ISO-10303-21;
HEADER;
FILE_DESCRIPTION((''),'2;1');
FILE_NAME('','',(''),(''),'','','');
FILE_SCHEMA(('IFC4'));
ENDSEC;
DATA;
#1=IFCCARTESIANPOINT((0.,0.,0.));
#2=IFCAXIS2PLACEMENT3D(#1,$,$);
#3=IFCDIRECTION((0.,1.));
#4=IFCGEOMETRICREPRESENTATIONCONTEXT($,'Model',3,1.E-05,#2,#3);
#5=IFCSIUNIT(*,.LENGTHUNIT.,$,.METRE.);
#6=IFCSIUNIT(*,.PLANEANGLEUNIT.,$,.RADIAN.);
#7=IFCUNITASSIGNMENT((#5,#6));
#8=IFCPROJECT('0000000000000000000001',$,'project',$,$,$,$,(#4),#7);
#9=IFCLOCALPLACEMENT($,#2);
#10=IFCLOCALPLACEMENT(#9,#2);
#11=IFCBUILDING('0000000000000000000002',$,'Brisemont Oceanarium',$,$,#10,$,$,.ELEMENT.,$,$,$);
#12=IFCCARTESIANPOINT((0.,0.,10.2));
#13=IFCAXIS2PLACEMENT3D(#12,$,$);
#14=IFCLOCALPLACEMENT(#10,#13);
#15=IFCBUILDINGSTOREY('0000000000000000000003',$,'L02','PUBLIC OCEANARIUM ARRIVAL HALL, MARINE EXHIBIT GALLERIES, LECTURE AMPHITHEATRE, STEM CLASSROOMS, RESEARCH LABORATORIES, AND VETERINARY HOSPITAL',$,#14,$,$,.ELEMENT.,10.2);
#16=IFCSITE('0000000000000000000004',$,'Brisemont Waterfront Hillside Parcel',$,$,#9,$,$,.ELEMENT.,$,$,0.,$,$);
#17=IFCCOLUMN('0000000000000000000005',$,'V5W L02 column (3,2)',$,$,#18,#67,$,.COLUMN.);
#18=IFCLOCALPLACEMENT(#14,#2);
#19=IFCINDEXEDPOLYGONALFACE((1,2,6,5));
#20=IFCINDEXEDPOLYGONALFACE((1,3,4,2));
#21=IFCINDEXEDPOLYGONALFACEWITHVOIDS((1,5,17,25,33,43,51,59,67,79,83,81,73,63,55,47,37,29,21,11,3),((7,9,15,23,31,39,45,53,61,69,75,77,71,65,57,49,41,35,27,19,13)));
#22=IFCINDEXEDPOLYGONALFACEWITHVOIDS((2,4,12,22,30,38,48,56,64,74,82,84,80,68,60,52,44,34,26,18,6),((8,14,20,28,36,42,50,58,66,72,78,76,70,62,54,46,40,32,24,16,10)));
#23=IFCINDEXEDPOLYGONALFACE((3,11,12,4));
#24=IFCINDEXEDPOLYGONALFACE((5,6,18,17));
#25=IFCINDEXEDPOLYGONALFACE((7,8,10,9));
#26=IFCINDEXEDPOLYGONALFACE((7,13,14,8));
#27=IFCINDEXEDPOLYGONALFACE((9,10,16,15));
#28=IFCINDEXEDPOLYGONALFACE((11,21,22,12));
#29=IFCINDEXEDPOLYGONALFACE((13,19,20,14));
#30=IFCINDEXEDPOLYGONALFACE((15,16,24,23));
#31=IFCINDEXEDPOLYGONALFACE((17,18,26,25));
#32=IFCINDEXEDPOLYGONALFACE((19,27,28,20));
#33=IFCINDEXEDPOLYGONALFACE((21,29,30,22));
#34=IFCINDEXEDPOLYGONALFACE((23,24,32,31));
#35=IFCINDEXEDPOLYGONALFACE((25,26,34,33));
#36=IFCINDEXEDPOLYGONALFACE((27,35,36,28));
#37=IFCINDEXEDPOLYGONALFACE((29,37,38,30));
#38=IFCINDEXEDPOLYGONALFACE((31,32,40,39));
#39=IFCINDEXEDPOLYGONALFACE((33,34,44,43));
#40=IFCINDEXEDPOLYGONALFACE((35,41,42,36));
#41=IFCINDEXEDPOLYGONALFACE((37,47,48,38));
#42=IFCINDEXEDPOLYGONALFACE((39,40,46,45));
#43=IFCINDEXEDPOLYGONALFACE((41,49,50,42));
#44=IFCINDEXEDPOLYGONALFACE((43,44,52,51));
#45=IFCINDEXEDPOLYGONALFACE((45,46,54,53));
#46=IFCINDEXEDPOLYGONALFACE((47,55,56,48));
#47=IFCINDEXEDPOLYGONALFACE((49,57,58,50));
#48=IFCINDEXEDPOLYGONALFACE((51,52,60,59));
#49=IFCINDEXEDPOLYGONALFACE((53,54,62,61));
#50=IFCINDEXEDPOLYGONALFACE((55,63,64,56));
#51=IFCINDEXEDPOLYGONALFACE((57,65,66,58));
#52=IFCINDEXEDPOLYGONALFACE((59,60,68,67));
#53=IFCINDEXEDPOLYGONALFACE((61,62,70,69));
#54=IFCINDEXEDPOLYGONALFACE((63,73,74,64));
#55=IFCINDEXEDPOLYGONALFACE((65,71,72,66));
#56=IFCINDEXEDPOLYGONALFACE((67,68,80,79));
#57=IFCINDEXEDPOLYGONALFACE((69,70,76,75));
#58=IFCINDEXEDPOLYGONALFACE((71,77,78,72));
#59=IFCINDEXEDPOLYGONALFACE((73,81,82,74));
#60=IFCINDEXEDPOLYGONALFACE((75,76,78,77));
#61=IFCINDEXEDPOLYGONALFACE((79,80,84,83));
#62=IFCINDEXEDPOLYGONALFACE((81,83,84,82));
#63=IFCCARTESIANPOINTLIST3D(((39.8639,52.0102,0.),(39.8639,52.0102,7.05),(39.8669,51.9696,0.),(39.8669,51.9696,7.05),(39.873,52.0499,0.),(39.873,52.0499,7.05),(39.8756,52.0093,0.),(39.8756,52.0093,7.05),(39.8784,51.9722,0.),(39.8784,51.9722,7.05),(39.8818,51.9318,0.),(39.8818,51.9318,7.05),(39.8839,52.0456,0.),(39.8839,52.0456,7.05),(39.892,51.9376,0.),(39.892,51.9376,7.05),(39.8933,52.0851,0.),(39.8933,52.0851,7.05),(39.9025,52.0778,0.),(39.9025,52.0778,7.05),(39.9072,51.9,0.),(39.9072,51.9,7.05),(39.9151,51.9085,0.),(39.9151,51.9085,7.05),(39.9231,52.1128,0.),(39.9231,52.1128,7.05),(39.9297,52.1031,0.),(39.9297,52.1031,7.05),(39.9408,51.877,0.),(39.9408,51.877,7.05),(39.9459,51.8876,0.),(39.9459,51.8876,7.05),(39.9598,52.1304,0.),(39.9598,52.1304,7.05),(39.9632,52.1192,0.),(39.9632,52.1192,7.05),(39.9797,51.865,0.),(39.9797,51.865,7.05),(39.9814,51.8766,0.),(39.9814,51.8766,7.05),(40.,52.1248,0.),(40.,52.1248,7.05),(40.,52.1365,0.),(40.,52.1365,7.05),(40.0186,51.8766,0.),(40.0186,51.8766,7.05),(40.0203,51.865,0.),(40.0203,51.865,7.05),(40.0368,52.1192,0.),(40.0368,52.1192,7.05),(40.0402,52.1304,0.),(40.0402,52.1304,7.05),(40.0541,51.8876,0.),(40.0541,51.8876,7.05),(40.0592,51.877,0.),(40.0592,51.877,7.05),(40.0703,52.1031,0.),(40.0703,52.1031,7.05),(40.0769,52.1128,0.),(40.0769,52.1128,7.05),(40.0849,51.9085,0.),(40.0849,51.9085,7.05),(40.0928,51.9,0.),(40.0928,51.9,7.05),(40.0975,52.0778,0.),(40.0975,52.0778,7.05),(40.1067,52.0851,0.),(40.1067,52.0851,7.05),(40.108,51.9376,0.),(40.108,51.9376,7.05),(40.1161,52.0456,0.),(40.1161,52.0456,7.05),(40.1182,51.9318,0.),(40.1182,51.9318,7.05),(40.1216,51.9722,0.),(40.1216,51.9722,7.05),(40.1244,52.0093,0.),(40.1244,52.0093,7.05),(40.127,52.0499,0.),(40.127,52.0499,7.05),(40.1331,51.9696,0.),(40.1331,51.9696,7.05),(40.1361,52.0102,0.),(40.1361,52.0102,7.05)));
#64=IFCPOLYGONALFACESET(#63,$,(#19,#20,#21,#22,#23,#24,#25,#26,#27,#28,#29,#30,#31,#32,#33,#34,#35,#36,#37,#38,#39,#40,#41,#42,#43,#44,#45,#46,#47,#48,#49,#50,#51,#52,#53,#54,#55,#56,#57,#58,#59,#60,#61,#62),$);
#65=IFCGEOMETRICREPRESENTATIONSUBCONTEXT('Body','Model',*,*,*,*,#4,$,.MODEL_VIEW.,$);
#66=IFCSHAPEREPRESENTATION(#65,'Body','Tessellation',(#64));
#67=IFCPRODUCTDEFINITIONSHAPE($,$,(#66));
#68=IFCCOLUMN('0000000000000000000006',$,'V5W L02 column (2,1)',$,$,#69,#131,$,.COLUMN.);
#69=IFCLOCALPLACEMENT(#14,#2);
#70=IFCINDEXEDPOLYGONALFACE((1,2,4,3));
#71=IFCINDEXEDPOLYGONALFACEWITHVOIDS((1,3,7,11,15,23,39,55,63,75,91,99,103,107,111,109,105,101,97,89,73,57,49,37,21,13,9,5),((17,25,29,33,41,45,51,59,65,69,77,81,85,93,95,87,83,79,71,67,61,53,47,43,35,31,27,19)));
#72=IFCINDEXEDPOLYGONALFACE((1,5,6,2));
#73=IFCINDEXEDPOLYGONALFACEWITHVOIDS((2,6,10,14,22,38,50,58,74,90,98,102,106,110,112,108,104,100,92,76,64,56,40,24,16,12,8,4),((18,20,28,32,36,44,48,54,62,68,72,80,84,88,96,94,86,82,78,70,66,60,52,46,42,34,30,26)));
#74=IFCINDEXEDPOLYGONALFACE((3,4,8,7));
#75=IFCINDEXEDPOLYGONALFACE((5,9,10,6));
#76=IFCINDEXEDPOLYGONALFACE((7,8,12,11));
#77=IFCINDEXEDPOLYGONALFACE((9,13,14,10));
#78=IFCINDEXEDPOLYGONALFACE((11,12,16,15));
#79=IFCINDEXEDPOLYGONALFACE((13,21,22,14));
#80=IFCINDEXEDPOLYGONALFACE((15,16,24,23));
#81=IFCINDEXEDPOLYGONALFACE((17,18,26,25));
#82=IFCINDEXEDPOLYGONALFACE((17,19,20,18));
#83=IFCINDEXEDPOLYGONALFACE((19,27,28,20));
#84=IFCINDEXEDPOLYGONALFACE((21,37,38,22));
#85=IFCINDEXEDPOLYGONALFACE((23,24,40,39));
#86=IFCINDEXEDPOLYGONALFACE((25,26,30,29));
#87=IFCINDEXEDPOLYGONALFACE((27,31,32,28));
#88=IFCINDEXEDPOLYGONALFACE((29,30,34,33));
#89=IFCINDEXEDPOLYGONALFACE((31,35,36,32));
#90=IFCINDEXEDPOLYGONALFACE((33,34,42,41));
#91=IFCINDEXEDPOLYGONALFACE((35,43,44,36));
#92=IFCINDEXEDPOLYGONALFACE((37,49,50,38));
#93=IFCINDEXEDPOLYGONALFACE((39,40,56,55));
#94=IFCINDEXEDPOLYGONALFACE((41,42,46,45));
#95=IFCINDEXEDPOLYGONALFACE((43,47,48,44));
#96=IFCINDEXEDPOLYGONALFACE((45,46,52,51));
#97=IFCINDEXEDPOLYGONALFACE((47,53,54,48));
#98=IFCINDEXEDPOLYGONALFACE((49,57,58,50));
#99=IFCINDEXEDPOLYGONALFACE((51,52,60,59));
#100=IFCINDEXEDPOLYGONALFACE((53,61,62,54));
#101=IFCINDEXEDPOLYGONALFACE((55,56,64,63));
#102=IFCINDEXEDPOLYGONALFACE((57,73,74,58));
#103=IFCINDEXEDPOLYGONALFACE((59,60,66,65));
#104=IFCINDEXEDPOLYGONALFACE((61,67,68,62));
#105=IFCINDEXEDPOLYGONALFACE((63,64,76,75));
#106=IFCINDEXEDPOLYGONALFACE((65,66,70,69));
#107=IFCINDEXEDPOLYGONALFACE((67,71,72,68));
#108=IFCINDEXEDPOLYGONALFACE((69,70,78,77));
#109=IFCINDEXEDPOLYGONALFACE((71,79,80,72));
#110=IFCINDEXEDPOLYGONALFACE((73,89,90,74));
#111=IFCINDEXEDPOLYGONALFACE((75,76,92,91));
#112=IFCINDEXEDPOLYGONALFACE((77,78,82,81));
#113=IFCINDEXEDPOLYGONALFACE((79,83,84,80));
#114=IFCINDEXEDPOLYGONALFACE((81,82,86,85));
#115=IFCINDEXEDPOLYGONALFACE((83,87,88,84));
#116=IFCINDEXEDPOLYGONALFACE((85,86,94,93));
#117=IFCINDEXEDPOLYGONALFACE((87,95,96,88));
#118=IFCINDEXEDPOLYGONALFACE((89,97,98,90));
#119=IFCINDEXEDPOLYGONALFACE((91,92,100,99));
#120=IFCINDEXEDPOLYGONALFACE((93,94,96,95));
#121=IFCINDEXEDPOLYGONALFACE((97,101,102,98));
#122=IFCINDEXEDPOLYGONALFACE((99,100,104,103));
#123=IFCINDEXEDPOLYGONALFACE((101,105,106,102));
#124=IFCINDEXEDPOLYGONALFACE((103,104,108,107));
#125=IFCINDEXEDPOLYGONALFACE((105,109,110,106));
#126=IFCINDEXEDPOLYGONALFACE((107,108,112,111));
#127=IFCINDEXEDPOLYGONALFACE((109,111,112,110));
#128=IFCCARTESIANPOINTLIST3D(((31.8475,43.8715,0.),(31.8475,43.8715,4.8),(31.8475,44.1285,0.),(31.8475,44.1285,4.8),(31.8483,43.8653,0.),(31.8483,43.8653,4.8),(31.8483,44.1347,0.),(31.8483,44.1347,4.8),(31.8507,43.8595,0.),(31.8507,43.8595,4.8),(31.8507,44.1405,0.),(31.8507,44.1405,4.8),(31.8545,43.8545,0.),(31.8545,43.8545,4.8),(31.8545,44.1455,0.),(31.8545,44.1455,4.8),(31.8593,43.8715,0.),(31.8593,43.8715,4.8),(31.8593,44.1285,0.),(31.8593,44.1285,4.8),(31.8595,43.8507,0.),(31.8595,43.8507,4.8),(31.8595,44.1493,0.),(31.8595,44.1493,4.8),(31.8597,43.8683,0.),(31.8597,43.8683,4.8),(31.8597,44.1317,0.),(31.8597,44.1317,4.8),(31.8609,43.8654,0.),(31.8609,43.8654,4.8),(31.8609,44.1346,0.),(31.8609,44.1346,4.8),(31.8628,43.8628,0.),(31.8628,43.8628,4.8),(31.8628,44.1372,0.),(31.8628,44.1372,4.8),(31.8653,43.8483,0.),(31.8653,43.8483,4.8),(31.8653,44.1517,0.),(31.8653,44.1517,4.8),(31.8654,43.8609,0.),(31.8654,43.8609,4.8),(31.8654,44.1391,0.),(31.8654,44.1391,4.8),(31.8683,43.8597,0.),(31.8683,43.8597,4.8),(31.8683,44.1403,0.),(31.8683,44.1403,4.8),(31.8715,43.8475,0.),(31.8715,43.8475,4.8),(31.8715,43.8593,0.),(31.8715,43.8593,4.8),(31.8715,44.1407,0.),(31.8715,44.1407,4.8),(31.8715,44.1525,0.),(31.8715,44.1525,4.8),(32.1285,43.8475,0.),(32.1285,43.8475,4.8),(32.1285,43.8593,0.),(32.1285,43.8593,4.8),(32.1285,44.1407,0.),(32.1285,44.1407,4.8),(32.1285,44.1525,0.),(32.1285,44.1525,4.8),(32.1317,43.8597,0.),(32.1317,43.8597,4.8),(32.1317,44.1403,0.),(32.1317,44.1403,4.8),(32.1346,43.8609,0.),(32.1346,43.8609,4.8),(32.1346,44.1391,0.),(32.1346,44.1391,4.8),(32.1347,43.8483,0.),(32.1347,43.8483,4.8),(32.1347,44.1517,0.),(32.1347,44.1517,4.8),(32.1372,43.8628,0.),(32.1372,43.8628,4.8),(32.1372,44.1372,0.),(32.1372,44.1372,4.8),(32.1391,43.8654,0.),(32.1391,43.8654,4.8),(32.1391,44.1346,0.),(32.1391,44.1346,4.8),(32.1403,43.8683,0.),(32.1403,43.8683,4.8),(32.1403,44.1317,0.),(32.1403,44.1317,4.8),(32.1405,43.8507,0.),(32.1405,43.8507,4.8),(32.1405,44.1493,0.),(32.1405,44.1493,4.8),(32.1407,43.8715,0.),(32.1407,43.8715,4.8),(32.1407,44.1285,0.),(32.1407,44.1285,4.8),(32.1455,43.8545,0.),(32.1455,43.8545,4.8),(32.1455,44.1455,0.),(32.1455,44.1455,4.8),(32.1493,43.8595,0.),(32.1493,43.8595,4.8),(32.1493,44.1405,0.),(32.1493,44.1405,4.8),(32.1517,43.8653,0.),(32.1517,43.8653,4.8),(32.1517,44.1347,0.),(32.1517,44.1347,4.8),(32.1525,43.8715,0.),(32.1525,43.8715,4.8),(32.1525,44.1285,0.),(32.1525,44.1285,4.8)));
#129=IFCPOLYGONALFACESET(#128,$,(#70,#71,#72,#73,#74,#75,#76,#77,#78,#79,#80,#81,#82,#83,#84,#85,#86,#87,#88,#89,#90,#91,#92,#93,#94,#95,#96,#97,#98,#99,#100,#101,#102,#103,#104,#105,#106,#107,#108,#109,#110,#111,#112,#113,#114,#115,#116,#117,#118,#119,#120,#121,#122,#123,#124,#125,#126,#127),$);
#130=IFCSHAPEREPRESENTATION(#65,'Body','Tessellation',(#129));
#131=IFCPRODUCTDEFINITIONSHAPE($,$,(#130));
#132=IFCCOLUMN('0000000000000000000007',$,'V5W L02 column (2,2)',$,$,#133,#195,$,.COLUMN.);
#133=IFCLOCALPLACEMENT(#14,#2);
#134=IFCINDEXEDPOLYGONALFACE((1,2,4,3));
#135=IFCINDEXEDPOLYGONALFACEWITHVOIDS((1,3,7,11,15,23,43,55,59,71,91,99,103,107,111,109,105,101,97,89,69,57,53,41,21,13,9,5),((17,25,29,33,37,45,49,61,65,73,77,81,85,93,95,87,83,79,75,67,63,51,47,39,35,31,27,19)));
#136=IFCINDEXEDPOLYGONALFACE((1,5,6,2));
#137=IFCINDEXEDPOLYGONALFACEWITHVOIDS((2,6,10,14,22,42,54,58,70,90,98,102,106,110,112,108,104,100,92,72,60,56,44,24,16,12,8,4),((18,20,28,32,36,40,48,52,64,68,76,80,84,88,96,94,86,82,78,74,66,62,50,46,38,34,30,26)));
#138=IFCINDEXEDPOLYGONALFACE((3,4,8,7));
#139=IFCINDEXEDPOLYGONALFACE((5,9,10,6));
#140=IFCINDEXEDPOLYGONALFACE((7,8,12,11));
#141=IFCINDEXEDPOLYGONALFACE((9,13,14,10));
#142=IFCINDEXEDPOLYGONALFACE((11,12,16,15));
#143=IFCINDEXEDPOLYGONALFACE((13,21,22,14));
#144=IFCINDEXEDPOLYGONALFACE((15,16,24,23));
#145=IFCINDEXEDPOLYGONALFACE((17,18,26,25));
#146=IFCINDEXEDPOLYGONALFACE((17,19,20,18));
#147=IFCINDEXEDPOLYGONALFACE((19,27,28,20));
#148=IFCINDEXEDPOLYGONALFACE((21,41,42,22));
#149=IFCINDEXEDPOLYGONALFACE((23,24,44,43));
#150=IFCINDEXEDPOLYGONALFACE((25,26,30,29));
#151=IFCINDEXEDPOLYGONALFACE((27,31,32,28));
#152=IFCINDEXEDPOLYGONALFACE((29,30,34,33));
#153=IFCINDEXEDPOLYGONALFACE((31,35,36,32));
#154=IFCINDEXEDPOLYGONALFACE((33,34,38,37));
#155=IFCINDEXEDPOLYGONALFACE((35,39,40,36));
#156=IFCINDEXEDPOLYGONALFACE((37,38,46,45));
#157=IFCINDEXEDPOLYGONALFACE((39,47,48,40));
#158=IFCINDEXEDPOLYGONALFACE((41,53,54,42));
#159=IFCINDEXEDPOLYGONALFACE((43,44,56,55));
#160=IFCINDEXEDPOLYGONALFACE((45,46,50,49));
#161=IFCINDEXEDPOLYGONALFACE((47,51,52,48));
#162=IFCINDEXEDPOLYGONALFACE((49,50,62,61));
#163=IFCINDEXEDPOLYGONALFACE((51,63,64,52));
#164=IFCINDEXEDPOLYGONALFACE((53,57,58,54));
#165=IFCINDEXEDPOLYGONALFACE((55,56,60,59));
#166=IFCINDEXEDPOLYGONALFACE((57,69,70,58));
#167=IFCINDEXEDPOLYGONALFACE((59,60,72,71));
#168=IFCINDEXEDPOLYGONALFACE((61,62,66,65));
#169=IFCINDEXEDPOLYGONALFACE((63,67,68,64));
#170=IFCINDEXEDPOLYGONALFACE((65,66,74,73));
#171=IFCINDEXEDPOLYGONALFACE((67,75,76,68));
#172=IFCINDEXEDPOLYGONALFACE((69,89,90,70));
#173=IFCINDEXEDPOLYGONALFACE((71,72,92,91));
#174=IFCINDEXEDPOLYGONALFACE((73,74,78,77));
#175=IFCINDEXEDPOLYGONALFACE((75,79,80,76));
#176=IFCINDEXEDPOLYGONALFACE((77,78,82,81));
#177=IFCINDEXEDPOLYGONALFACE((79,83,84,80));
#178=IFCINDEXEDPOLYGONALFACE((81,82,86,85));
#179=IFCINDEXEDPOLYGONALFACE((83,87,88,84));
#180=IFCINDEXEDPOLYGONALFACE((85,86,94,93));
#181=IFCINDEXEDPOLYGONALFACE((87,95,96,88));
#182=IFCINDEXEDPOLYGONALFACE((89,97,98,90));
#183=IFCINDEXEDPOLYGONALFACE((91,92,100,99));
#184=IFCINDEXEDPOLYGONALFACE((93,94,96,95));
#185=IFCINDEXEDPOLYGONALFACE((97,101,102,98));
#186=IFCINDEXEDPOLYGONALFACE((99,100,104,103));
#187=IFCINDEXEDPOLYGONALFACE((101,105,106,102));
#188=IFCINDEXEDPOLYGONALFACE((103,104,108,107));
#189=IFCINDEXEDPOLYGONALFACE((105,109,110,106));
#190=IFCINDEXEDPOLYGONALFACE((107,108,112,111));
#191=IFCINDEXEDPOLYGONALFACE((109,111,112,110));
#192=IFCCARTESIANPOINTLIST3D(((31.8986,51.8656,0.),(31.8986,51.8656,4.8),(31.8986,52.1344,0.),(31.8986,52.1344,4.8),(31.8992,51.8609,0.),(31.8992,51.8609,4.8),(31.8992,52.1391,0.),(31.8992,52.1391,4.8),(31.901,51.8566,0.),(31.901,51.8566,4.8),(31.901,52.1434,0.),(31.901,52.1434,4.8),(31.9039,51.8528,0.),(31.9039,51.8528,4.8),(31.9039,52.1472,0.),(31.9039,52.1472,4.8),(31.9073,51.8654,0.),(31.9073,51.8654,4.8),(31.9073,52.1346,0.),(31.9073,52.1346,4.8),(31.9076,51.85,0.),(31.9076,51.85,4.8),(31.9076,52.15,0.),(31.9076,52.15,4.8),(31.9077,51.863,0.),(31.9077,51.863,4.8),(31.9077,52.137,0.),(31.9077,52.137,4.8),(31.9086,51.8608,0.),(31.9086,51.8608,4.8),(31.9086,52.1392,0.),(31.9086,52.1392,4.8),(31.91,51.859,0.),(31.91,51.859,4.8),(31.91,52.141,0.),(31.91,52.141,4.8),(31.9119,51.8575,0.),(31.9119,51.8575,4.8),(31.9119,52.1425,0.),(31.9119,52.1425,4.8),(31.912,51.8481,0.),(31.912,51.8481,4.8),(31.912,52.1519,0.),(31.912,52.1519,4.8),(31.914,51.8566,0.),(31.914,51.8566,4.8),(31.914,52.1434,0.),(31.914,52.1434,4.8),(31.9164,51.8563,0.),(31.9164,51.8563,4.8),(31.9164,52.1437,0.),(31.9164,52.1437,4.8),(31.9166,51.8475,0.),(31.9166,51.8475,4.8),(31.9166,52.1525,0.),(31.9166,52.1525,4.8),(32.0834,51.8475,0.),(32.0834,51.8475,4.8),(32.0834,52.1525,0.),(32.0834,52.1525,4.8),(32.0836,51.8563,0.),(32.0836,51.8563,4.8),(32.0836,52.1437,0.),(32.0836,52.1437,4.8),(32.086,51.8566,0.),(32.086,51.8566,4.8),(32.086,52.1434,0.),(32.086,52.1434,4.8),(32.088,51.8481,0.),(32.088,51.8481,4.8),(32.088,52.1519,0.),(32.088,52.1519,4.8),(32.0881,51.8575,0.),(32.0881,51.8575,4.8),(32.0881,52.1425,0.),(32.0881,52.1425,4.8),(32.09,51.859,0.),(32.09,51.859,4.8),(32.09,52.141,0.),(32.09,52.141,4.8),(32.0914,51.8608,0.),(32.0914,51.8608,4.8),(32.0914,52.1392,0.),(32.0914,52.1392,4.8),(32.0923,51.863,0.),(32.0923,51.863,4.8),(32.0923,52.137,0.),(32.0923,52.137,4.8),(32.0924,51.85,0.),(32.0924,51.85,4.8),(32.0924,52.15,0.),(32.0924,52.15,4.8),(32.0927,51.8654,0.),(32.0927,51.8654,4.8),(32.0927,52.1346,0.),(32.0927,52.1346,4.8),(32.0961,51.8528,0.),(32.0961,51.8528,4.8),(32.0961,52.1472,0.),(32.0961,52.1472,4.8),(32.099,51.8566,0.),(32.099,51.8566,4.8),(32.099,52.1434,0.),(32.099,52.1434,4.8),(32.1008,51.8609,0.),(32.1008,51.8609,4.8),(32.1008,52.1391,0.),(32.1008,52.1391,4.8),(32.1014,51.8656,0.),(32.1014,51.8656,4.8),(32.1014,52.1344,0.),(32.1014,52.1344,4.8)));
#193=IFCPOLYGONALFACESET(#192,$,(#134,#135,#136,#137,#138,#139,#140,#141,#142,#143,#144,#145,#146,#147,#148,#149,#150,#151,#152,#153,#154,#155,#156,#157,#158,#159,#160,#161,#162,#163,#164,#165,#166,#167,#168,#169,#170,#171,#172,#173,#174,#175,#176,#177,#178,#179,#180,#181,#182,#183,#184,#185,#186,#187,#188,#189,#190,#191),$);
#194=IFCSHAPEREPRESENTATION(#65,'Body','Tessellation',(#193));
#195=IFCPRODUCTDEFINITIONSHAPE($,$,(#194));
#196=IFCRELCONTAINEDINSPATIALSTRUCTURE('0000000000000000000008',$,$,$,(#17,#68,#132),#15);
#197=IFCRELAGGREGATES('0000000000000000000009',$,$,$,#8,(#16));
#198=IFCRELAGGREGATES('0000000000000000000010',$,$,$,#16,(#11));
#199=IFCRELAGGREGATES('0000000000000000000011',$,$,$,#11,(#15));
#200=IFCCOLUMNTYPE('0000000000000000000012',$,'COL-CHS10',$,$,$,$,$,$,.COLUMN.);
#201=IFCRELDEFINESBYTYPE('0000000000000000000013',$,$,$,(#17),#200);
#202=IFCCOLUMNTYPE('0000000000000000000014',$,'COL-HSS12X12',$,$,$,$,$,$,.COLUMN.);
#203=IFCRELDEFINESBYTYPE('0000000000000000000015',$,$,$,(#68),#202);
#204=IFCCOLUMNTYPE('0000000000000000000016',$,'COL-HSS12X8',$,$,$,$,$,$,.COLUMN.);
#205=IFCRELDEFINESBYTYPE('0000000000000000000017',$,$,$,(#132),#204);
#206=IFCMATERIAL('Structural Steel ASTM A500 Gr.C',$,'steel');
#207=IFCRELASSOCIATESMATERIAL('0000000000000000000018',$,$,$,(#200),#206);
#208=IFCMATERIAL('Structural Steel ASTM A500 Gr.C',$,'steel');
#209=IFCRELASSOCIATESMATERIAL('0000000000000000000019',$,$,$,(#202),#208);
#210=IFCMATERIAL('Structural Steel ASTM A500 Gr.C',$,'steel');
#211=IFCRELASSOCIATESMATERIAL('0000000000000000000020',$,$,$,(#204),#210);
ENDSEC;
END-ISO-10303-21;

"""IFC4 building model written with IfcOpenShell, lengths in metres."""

from ifc_helpers import new_model, si_unit, direction, frame, origin, origin_2d, place, context, subcontext, project, spatial, hollow_rectangle, hollow_circle, extrude, material, material_profile, profile_set, type_object, element, save


model = new_model("IFC4")

# Units and contexts
model_context = context("Model", 3, precision=1e-05, world=origin(), true_north=direction((0.0, 1.0)))
body_context = subcontext(model_context, "Body", "Model", "MODEL_VIEW")
ifc_project = project(units=[si_unit("LENGTHUNIT", "METRE"), si_unit("PLANEANGLEUNIT", "RADIAN")], contexts=[model_context])

# Site, building, storey
site_placement = place(None, origin())
site = spatial("IfcSite", under=ifc_project, at=site_placement, Name="Brisemont Waterfront Hillside Parcel", CompositionType="ELEMENT", RefElevation=0.0)
building_placement = place(site_placement, origin())
building = spatial("IfcBuilding", under=site, at=building_placement, Name="Brisemont Oceanarium", CompositionType="ELEMENT")
storey_placement = place(building_placement, frame((0.0, 0.0, 10.2)))
storey = spatial("IfcBuildingStorey", under=building, at=storey_placement, Name="L02", Description="PUBLIC OCEANARIUM ARRIVAL HALL, MARINE EXHIBIT GALLERIES, LECTURE AMPHITHEATRE, STEM CLASSROOMS, RESEARCH LABORATORIES, AND VETERINARY HOSPITAL", CompositionType="ELEMENT", Elevation=10.2)

# Columns
ifc_material_1 = material(Name="Structural Steel ASTM A500 Gr.C", Category="steel")
ifc_material_profile_1 = material_profile(ifc_material_1, hollow_circle(Radius=0.1365, WallThickness=0.0117, at=origin_2d()), Name="HSS10.750X0.500")
ifc_profile_set_1 = profile_set([ifc_material_profile_1], Name="Structural Steel ASTM A500 Gr.C")
column_type_1 = type_object("IfcColumnType", Name="COL-CHS10", PredefinedType="COLUMN", material=ifc_profile_set_1)
column_1_placement = place(storey_placement, frame((40.0, 52.0, 0.0), z_axis=(0.0, 0.0, 1.0), x_axis=(0.0, 1.0, 0.0)))
element("IfcColumn", 1, at=column_1_placement, inside=storey, type_object=column_type_1, Name="V5W L02 column (3,2)", PredefinedType="COLUMN", context=body_context, shape_type="SweptSolid", body=[
    extrude(hollow_circle(Radius=0.1365, WallThickness=0.0117, at=origin_2d()), origin(), (0.0, 0.0, 1.0), 7.05),
])
ifc_material_2 = material(Name="Structural Steel ASTM A500 Gr.C", Category="steel")
ifc_material_profile_2 = material_profile(ifc_material_2, hollow_rectangle(XDim=0.3049, YDim=0.3049, WallThickness=0.0117, InnerFilletRadius=0.0122, OuterFilletRadius=0.0239, at=origin_2d()), Name="HSS12X12X1/2")
ifc_profile_set_2 = profile_set([ifc_material_profile_2], Name="Structural Steel ASTM A500 Gr.C")
column_type_2 = type_object("IfcColumnType", Name="COL-HSS12X12", PredefinedType="COLUMN", material=ifc_profile_set_2)
column_2_placement = place(storey_placement, frame((32.0, 44.0, 0.0), z_axis=(0.0, 0.0, 1.0), x_axis=(0.0, 1.0, 0.0)))
element("IfcColumn", 2, at=column_2_placement, inside=storey, type_object=column_type_2, Name="V5W L02 column (2,1)", PredefinedType="COLUMN", context=body_context, shape_type="SweptSolid", body=[
    extrude(hollow_rectangle(XDim=0.3049, YDim=0.3049, WallThickness=0.0117, InnerFilletRadius=0.0122, OuterFilletRadius=0.0239, at=origin_2d()), origin(), (0.0, 0.0, 1.0), 4.8),
])
ifc_material_3 = material(Name="Structural Steel ASTM A500 Gr.C", Category="steel")
ifc_material_profile_3 = material_profile(ifc_material_3, hollow_rectangle(XDim=0.2029, YDim=0.3049, WallThickness=0.0088, InnerFilletRadius=0.009, OuterFilletRadius=0.0181, at=origin_2d()), Name="HSS12X8X3/8")
ifc_profile_set_3 = profile_set([ifc_material_profile_3], Name="Structural Steel ASTM A500 Gr.C")
column_type_3 = type_object("IfcColumnType", Name="COL-HSS12X8", PredefinedType="COLUMN", material=ifc_profile_set_3)
column_3_placement = place(storey_placement, frame((32.0, 52.0, 0.0), z_axis=(0.0, 0.0, 1.0), x_axis=(1.0, 0.0, 0.0)))
element("IfcColumn", 3, at=column_3_placement, inside=storey, type_object=column_type_3, Name="V5W L02 column (2,2)", PredefinedType="COLUMN", context=body_context, shape_type="SweptSolid", body=[
    extrude(hollow_rectangle(XDim=0.2029, YDim=0.3049, WallThickness=0.0088, InnerFilletRadius=0.009, OuterFilletRadius=0.0181, at=origin_2d()), origin(), (0.0, 0.0, 1.0), 4.8),
])

save(model, "model.ifc")
